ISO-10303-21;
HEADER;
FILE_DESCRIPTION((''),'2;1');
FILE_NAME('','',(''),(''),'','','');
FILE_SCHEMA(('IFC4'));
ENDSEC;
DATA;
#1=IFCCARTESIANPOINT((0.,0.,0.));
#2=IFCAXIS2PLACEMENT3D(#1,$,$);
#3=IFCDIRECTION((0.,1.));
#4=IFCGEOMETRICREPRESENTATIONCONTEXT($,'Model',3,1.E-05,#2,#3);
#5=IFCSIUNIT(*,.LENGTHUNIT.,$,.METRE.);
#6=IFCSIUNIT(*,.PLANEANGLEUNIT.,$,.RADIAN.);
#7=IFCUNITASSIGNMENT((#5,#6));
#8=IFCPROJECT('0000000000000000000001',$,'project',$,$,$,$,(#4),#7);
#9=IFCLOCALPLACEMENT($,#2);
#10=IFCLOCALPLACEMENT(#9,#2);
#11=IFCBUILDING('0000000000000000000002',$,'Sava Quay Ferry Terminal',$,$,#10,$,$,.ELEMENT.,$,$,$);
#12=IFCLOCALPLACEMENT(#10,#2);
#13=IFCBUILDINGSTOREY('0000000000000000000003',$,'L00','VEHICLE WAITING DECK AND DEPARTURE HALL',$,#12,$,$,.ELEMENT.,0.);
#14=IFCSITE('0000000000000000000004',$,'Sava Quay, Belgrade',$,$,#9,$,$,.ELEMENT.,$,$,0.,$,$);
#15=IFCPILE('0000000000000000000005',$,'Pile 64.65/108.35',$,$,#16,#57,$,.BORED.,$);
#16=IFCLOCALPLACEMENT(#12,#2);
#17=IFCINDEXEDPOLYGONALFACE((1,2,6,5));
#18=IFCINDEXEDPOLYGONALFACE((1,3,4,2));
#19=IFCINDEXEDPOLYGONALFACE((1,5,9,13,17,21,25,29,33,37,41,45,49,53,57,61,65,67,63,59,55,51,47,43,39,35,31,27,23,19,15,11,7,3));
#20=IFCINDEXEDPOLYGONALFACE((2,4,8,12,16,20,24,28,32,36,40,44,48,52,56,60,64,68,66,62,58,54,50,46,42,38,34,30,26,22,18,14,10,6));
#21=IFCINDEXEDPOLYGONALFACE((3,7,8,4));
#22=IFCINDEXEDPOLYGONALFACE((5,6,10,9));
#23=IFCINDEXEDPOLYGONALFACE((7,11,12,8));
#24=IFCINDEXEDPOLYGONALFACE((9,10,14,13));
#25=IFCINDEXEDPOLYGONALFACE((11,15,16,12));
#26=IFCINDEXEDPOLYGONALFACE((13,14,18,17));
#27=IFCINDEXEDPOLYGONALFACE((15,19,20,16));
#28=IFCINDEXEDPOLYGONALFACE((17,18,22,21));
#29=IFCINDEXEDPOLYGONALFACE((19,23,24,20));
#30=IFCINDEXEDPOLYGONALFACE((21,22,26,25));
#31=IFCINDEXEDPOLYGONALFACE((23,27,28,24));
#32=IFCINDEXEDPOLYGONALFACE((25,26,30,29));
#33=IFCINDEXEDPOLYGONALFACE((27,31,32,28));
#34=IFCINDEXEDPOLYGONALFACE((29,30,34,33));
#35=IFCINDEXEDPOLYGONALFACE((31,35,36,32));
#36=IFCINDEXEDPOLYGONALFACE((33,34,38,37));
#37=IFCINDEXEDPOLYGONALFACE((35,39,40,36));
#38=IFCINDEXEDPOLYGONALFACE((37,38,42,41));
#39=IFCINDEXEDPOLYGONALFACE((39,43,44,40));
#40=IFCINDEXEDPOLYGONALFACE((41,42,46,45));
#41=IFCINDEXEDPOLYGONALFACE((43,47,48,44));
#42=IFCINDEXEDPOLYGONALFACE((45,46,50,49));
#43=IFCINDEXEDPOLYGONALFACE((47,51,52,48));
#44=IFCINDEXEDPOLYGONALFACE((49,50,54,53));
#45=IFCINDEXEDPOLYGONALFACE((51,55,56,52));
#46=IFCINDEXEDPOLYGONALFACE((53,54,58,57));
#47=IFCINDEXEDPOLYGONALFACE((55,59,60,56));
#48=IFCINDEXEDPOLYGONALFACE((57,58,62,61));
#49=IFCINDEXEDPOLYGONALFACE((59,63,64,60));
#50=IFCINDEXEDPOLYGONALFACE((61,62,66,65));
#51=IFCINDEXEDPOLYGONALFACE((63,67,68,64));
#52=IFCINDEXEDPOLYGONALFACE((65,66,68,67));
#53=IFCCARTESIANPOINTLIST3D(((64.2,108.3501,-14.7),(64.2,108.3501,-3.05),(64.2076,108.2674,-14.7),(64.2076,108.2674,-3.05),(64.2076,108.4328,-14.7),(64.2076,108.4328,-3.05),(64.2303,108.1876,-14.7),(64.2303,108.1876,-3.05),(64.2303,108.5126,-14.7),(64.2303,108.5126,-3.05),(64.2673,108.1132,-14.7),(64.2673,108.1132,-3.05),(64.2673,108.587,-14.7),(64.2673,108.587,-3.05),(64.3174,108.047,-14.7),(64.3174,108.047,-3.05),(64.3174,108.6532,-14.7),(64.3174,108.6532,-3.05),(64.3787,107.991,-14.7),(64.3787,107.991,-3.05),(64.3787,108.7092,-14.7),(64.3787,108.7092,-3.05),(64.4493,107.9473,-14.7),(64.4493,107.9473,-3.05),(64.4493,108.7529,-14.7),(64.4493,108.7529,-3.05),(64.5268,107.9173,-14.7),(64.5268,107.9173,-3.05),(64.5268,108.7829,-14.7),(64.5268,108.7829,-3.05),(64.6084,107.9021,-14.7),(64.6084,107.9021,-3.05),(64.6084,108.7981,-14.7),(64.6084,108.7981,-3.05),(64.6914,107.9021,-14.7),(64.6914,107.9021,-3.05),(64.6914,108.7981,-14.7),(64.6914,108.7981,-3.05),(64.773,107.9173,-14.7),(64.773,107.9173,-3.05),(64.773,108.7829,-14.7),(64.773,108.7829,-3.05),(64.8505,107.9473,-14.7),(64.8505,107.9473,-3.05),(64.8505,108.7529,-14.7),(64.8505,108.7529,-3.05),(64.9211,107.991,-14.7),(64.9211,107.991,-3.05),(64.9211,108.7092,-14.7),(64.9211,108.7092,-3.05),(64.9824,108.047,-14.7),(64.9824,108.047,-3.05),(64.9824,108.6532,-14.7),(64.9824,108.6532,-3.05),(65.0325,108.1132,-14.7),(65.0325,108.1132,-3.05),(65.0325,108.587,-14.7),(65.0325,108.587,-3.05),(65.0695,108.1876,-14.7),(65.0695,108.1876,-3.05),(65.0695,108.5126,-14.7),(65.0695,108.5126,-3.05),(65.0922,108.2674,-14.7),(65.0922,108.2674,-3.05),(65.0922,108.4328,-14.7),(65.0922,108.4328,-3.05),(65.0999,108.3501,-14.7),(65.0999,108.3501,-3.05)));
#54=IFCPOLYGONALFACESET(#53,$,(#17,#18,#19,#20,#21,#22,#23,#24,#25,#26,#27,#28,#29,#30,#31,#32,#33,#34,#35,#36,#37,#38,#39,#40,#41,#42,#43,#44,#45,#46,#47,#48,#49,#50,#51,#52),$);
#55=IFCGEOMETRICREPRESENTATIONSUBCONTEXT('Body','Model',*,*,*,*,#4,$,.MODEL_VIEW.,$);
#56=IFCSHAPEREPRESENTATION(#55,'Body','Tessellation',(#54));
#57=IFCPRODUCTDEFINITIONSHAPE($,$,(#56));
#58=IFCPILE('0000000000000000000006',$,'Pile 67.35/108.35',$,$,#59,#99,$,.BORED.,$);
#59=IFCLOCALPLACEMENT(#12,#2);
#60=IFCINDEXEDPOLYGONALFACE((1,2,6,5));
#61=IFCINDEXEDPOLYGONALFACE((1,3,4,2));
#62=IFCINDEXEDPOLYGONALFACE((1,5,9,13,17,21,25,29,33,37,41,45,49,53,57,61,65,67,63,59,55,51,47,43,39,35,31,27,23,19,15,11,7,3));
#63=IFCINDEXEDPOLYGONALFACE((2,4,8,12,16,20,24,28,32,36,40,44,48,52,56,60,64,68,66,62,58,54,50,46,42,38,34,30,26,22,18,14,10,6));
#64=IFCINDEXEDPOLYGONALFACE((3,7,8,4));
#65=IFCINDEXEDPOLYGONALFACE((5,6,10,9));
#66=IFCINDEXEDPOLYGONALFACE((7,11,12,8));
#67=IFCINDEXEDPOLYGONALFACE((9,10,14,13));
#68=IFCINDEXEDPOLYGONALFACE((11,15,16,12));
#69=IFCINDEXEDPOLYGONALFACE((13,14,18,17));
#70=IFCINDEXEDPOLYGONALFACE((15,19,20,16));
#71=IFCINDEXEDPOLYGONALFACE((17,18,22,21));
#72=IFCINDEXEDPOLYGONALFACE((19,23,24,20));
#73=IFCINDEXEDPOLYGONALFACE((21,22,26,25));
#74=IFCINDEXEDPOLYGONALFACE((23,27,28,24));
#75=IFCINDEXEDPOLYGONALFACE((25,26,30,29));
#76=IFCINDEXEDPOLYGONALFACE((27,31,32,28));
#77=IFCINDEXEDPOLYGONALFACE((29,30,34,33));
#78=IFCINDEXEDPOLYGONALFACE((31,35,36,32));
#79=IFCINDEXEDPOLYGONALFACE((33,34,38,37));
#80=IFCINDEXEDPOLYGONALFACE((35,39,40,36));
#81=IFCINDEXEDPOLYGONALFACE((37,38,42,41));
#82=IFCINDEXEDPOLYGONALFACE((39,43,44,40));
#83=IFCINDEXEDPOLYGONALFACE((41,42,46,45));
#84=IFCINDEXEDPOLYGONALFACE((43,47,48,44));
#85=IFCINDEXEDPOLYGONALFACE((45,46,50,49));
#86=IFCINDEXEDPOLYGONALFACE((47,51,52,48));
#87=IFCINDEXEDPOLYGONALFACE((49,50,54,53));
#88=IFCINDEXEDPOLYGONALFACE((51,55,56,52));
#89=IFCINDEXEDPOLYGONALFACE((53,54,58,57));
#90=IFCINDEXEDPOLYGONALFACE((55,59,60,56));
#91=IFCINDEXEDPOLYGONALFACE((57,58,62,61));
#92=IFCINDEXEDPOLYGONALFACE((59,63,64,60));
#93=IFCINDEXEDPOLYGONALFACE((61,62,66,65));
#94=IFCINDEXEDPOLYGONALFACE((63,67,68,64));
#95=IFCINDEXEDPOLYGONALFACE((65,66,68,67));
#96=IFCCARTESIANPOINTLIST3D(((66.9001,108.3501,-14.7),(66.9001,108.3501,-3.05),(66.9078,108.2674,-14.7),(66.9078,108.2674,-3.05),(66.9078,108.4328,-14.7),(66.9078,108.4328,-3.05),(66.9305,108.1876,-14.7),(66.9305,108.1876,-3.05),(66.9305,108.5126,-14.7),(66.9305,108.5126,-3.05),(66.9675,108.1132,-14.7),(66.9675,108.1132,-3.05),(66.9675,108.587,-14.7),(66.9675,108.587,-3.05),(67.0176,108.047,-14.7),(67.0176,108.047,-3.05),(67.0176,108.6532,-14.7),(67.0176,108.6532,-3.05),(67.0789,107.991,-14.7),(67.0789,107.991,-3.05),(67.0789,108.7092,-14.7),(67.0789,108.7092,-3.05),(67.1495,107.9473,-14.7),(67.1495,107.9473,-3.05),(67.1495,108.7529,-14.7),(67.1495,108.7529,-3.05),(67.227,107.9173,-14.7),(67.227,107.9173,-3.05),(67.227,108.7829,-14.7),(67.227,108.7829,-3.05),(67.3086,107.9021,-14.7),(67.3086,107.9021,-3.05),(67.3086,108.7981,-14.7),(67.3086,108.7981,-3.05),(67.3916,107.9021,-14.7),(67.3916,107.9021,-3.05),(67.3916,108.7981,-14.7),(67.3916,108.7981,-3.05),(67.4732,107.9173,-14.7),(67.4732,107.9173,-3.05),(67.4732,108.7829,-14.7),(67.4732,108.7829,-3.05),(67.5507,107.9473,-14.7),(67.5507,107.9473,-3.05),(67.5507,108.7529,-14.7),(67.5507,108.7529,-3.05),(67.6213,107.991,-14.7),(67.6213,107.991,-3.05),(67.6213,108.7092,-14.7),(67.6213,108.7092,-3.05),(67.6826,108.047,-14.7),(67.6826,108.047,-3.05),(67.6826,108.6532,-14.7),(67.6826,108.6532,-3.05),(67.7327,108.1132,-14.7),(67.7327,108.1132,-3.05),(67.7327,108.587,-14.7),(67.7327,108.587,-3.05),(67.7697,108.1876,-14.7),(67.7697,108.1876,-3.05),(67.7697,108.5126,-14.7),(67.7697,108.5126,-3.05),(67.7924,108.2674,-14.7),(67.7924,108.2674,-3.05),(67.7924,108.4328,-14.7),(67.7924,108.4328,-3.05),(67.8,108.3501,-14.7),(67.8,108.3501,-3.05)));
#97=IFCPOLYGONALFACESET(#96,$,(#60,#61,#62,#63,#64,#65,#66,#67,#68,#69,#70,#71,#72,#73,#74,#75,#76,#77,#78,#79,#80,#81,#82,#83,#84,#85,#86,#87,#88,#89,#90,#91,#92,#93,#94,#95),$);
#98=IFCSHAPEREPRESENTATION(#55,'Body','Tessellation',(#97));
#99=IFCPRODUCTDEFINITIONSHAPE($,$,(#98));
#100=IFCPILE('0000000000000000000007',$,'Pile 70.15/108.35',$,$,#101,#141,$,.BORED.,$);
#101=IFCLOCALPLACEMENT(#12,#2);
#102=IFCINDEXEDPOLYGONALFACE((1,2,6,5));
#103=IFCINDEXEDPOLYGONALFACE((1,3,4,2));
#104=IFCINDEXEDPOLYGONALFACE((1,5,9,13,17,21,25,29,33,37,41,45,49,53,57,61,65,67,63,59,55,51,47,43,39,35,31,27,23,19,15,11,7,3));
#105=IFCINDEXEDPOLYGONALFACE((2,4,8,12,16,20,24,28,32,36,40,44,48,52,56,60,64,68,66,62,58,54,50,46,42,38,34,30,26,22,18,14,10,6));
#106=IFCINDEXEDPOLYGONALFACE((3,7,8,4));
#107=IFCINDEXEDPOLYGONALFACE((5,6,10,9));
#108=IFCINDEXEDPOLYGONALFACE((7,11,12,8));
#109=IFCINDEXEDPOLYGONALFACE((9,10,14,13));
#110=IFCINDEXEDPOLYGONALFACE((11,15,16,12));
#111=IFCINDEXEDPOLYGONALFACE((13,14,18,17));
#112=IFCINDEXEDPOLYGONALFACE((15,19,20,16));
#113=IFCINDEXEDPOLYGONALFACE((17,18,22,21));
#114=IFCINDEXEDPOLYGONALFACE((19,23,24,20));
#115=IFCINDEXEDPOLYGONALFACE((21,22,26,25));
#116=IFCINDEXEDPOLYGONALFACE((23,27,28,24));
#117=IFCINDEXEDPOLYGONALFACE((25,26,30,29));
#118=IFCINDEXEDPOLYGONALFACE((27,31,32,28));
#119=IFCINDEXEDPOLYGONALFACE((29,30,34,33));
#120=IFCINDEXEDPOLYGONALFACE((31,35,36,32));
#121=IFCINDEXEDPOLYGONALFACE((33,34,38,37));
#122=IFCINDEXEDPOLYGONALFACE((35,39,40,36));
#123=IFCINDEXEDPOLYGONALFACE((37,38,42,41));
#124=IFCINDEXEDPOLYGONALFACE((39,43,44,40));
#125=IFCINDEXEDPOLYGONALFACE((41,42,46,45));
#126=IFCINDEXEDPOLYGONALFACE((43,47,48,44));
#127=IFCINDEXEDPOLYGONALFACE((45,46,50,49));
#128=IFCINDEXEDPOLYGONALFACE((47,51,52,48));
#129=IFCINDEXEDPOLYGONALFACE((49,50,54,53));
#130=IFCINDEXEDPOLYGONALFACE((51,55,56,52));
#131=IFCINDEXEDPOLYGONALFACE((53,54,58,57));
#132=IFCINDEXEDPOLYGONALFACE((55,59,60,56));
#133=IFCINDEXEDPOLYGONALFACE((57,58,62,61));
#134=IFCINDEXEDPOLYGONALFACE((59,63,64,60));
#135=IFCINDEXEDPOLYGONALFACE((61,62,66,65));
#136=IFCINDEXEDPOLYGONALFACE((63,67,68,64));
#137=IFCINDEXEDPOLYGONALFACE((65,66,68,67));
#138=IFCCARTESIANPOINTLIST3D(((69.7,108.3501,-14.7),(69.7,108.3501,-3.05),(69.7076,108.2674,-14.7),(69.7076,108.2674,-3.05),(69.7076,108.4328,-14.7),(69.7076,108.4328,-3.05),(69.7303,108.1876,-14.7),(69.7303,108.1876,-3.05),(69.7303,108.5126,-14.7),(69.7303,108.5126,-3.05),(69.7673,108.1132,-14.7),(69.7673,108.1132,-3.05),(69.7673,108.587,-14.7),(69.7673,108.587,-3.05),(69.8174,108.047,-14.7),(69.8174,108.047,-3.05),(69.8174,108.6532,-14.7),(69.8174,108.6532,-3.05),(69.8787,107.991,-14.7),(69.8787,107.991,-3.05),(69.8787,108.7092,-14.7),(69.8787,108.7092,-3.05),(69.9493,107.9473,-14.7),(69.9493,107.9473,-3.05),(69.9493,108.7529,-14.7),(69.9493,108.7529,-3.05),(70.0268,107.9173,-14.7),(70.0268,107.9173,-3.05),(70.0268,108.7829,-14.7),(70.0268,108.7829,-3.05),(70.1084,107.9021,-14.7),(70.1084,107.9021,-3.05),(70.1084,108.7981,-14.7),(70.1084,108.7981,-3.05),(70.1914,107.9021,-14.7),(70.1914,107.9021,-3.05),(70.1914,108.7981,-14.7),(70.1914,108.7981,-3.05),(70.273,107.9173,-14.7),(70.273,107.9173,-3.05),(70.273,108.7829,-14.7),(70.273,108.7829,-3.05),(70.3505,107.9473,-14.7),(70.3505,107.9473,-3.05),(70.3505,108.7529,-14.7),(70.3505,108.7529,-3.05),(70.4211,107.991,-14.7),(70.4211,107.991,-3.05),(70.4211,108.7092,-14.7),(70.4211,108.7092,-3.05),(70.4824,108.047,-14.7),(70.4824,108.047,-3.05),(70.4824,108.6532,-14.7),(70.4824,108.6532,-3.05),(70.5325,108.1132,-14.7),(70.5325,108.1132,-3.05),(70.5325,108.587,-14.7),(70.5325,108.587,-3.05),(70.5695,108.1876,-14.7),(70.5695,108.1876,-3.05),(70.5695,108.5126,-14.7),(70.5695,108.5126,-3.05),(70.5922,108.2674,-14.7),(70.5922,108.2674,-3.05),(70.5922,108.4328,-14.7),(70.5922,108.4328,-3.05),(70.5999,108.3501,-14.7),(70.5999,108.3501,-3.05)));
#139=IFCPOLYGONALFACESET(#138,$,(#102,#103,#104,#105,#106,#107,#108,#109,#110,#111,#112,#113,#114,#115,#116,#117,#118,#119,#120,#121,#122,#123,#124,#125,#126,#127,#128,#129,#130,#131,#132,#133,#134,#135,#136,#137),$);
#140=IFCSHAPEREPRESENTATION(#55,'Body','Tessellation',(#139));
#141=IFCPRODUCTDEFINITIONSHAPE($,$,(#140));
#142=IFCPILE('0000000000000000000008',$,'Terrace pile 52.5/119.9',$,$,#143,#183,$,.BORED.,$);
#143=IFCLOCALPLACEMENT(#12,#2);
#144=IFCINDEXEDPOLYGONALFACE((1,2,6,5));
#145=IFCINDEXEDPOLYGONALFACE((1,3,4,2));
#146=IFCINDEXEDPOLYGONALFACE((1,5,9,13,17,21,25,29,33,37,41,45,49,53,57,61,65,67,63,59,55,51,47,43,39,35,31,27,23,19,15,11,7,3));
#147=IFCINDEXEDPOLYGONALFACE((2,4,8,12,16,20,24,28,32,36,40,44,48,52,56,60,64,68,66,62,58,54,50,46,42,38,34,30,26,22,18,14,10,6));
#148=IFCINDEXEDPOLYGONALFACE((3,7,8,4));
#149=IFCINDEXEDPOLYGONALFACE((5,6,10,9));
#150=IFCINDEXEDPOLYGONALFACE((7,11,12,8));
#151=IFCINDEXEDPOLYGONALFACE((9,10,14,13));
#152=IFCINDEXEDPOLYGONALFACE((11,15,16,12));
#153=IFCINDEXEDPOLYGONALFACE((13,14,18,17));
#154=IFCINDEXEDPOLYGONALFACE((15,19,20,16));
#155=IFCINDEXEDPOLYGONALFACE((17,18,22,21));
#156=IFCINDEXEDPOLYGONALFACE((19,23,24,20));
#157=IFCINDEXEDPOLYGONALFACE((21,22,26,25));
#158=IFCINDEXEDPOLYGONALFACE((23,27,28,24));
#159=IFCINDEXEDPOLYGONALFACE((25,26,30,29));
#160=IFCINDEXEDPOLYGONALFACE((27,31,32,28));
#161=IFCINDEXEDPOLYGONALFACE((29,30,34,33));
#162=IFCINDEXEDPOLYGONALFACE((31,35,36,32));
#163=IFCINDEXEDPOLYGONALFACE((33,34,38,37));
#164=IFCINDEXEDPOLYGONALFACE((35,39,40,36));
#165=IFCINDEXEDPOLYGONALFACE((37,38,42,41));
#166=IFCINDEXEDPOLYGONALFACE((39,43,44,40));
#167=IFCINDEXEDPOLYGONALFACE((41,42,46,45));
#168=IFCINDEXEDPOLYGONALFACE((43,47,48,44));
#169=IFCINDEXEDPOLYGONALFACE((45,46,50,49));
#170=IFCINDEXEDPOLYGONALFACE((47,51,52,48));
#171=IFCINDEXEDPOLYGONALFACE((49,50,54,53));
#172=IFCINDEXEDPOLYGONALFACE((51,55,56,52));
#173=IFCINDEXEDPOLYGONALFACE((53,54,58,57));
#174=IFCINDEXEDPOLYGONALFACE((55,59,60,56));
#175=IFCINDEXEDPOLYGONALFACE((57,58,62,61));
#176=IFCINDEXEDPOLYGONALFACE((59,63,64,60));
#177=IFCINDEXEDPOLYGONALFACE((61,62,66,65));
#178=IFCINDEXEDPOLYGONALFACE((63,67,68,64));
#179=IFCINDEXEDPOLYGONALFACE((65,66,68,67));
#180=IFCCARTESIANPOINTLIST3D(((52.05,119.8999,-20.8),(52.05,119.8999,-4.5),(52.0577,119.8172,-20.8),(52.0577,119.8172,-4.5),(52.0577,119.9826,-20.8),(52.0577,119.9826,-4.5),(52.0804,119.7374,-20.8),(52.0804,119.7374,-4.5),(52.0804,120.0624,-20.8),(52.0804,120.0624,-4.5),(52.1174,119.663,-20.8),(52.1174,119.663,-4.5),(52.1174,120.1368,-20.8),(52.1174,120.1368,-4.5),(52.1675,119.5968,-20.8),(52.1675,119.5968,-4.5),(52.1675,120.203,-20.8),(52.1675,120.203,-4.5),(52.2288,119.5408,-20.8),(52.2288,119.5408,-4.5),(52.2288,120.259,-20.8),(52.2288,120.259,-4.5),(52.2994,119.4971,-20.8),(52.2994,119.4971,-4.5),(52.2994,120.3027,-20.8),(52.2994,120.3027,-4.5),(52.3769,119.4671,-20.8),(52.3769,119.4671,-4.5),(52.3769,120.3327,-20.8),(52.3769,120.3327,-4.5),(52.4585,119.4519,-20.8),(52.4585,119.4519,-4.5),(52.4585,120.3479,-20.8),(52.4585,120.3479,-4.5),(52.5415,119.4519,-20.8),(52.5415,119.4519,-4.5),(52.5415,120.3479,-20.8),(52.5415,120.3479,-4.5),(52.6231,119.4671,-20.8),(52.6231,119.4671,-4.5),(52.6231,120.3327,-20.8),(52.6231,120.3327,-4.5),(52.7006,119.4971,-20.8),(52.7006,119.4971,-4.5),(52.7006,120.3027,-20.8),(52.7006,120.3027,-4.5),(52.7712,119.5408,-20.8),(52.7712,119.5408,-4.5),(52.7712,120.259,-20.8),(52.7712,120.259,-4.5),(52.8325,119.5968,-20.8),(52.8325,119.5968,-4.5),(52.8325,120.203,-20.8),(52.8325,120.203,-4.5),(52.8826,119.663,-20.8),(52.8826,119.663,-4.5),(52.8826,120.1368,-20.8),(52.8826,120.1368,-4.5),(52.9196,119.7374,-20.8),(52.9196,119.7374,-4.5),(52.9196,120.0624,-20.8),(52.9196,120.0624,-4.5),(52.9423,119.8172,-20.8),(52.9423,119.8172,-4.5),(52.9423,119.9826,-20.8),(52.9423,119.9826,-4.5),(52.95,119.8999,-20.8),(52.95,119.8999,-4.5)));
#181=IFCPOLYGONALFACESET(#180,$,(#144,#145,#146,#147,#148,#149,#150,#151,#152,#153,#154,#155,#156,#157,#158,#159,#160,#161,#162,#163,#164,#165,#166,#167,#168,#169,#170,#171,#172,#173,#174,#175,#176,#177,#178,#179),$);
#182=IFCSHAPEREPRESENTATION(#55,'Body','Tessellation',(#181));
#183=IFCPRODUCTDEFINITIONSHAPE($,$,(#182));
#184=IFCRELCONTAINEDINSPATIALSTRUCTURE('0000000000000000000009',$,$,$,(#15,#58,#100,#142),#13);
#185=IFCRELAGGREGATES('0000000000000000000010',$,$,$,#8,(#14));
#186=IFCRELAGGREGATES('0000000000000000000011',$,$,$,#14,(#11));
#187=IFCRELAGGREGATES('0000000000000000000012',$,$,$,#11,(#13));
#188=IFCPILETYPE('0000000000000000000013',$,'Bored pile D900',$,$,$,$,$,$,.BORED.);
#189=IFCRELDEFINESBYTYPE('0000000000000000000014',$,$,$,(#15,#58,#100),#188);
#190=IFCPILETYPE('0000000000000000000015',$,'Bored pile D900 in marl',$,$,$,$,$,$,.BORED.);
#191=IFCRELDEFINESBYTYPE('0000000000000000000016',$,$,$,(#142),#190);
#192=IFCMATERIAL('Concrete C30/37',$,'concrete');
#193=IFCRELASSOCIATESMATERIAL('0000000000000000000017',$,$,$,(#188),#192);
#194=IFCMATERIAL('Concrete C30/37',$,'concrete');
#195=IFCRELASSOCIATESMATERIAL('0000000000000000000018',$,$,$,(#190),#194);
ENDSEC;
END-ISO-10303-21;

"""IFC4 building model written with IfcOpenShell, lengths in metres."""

from ifc_helpers import new_model, si_unit, direction, frame, origin, origin_2d, place, context, subcontext, project, spatial, circle, extrude, material, material_profile, profile_set, type_object, element, save


model = new_model("IFC4")

# Units and contexts
model_context = context("Model", 3, precision=1e-05, world=origin(), true_north=direction((0.0, 1.0)))
body_context = subcontext(model_context, "Body", "Model", "MODEL_VIEW")
ifc_project = project(units=[si_unit("LENGTHUNIT", "METRE"), si_unit("PLANEANGLEUNIT", "RADIAN")], contexts=[model_context])

# Site, building, storey
site_placement = place(None, origin())
site = spatial("IfcSite", under=ifc_project, at=site_placement, Name="Sava Quay, Belgrade", CompositionType="ELEMENT", RefElevation=0.0)
building_placement = place(site_placement, origin())
building = spatial("IfcBuilding", under=site, at=building_placement, Name="Sava Quay Ferry Terminal", CompositionType="ELEMENT")
storey_placement = place(building_placement, origin())
storey = spatial("IfcBuildingStorey", under=building, at=storey_placement, Name="L00", Description="VEHICLE WAITING DECK AND DEPARTURE HALL", CompositionType="ELEMENT", Elevation=0.0)

# Piles
ifc_material_1 = material(Name="Concrete C30/37", Category="concrete")
ifc_material_profile_1 = material_profile(ifc_material_1, circle(Radius=0.45, at=origin_2d()), Name="Bored pile D900")
ifc_profile_set_1 = profile_set([ifc_material_profile_1], Name="Concrete C30/37")
pile_type_1 = type_object("IfcPileType", Name="Bored pile D900", PredefinedType="BORED", material=ifc_profile_set_1)
for number, where, z_axis, x_axis, name in (
    (1, (64.6499, 108.3501, -3.05), (0.0, 0.0, -1.0), (1.0, 0.0, 0.0), "Pile 64.65/108.35"),
    (2, (67.3501, 108.3501, -3.05), (0.0, 0.0, -1.0), (1.0, 0.0, 0.0), "Pile 67.35/108.35"),
    (3, (70.1499, 108.3501, -3.05), (0.0, 0.0, -1.0), (1.0, 0.0, 0.0), "Pile 70.15/108.35"),
):
    element("IfcPile", number, at=place(storey_placement, frame(where, z_axis=z_axis, x_axis=x_axis)), inside=storey, type_object=pile_type_1, Name=name, PredefinedType="BORED", context=body_context, shape_type="SweptSolid", body=[
        extrude(circle(Radius=0.45, at=origin_2d()), origin(), (0.0, 0.0, 1.0), 11.6499),
    ])
ifc_material_2 = material(Name="Concrete C30/37", Category="concrete")
ifc_material_profile_2 = material_profile(ifc_material_2, circle(Radius=0.45, at=origin_2d()), Name="Bored pile D900 in marl")
ifc_profile_set_2 = profile_set([ifc_material_profile_2], Name="Concrete C30/37")
pile_type_2 = type_object("IfcPileType", Name="Bored pile D900 in marl", PredefinedType="BORED", material=ifc_profile_set_2)
for number, where, z_axis, x_axis, name in (
    (4, (52.5, 119.8999, -4.5), (0.0, 0.0, -1.0), (1.0, 0.0, 0.0), "Terrace pile 52.5/119.9"),
):
    element("IfcPile", number, at=place(storey_placement, frame(where, z_axis=z_axis, x_axis=x_axis)), inside=storey, type_object=pile_type_2, Name=name, PredefinedType="BORED", context=body_context, shape_type="SweptSolid", body=[
        extrude(circle(Radius=0.45, at=origin_2d()), origin(), (0.0, 0.0, 1.0), 16.3),
    ])

save(model, "model.ifc")
